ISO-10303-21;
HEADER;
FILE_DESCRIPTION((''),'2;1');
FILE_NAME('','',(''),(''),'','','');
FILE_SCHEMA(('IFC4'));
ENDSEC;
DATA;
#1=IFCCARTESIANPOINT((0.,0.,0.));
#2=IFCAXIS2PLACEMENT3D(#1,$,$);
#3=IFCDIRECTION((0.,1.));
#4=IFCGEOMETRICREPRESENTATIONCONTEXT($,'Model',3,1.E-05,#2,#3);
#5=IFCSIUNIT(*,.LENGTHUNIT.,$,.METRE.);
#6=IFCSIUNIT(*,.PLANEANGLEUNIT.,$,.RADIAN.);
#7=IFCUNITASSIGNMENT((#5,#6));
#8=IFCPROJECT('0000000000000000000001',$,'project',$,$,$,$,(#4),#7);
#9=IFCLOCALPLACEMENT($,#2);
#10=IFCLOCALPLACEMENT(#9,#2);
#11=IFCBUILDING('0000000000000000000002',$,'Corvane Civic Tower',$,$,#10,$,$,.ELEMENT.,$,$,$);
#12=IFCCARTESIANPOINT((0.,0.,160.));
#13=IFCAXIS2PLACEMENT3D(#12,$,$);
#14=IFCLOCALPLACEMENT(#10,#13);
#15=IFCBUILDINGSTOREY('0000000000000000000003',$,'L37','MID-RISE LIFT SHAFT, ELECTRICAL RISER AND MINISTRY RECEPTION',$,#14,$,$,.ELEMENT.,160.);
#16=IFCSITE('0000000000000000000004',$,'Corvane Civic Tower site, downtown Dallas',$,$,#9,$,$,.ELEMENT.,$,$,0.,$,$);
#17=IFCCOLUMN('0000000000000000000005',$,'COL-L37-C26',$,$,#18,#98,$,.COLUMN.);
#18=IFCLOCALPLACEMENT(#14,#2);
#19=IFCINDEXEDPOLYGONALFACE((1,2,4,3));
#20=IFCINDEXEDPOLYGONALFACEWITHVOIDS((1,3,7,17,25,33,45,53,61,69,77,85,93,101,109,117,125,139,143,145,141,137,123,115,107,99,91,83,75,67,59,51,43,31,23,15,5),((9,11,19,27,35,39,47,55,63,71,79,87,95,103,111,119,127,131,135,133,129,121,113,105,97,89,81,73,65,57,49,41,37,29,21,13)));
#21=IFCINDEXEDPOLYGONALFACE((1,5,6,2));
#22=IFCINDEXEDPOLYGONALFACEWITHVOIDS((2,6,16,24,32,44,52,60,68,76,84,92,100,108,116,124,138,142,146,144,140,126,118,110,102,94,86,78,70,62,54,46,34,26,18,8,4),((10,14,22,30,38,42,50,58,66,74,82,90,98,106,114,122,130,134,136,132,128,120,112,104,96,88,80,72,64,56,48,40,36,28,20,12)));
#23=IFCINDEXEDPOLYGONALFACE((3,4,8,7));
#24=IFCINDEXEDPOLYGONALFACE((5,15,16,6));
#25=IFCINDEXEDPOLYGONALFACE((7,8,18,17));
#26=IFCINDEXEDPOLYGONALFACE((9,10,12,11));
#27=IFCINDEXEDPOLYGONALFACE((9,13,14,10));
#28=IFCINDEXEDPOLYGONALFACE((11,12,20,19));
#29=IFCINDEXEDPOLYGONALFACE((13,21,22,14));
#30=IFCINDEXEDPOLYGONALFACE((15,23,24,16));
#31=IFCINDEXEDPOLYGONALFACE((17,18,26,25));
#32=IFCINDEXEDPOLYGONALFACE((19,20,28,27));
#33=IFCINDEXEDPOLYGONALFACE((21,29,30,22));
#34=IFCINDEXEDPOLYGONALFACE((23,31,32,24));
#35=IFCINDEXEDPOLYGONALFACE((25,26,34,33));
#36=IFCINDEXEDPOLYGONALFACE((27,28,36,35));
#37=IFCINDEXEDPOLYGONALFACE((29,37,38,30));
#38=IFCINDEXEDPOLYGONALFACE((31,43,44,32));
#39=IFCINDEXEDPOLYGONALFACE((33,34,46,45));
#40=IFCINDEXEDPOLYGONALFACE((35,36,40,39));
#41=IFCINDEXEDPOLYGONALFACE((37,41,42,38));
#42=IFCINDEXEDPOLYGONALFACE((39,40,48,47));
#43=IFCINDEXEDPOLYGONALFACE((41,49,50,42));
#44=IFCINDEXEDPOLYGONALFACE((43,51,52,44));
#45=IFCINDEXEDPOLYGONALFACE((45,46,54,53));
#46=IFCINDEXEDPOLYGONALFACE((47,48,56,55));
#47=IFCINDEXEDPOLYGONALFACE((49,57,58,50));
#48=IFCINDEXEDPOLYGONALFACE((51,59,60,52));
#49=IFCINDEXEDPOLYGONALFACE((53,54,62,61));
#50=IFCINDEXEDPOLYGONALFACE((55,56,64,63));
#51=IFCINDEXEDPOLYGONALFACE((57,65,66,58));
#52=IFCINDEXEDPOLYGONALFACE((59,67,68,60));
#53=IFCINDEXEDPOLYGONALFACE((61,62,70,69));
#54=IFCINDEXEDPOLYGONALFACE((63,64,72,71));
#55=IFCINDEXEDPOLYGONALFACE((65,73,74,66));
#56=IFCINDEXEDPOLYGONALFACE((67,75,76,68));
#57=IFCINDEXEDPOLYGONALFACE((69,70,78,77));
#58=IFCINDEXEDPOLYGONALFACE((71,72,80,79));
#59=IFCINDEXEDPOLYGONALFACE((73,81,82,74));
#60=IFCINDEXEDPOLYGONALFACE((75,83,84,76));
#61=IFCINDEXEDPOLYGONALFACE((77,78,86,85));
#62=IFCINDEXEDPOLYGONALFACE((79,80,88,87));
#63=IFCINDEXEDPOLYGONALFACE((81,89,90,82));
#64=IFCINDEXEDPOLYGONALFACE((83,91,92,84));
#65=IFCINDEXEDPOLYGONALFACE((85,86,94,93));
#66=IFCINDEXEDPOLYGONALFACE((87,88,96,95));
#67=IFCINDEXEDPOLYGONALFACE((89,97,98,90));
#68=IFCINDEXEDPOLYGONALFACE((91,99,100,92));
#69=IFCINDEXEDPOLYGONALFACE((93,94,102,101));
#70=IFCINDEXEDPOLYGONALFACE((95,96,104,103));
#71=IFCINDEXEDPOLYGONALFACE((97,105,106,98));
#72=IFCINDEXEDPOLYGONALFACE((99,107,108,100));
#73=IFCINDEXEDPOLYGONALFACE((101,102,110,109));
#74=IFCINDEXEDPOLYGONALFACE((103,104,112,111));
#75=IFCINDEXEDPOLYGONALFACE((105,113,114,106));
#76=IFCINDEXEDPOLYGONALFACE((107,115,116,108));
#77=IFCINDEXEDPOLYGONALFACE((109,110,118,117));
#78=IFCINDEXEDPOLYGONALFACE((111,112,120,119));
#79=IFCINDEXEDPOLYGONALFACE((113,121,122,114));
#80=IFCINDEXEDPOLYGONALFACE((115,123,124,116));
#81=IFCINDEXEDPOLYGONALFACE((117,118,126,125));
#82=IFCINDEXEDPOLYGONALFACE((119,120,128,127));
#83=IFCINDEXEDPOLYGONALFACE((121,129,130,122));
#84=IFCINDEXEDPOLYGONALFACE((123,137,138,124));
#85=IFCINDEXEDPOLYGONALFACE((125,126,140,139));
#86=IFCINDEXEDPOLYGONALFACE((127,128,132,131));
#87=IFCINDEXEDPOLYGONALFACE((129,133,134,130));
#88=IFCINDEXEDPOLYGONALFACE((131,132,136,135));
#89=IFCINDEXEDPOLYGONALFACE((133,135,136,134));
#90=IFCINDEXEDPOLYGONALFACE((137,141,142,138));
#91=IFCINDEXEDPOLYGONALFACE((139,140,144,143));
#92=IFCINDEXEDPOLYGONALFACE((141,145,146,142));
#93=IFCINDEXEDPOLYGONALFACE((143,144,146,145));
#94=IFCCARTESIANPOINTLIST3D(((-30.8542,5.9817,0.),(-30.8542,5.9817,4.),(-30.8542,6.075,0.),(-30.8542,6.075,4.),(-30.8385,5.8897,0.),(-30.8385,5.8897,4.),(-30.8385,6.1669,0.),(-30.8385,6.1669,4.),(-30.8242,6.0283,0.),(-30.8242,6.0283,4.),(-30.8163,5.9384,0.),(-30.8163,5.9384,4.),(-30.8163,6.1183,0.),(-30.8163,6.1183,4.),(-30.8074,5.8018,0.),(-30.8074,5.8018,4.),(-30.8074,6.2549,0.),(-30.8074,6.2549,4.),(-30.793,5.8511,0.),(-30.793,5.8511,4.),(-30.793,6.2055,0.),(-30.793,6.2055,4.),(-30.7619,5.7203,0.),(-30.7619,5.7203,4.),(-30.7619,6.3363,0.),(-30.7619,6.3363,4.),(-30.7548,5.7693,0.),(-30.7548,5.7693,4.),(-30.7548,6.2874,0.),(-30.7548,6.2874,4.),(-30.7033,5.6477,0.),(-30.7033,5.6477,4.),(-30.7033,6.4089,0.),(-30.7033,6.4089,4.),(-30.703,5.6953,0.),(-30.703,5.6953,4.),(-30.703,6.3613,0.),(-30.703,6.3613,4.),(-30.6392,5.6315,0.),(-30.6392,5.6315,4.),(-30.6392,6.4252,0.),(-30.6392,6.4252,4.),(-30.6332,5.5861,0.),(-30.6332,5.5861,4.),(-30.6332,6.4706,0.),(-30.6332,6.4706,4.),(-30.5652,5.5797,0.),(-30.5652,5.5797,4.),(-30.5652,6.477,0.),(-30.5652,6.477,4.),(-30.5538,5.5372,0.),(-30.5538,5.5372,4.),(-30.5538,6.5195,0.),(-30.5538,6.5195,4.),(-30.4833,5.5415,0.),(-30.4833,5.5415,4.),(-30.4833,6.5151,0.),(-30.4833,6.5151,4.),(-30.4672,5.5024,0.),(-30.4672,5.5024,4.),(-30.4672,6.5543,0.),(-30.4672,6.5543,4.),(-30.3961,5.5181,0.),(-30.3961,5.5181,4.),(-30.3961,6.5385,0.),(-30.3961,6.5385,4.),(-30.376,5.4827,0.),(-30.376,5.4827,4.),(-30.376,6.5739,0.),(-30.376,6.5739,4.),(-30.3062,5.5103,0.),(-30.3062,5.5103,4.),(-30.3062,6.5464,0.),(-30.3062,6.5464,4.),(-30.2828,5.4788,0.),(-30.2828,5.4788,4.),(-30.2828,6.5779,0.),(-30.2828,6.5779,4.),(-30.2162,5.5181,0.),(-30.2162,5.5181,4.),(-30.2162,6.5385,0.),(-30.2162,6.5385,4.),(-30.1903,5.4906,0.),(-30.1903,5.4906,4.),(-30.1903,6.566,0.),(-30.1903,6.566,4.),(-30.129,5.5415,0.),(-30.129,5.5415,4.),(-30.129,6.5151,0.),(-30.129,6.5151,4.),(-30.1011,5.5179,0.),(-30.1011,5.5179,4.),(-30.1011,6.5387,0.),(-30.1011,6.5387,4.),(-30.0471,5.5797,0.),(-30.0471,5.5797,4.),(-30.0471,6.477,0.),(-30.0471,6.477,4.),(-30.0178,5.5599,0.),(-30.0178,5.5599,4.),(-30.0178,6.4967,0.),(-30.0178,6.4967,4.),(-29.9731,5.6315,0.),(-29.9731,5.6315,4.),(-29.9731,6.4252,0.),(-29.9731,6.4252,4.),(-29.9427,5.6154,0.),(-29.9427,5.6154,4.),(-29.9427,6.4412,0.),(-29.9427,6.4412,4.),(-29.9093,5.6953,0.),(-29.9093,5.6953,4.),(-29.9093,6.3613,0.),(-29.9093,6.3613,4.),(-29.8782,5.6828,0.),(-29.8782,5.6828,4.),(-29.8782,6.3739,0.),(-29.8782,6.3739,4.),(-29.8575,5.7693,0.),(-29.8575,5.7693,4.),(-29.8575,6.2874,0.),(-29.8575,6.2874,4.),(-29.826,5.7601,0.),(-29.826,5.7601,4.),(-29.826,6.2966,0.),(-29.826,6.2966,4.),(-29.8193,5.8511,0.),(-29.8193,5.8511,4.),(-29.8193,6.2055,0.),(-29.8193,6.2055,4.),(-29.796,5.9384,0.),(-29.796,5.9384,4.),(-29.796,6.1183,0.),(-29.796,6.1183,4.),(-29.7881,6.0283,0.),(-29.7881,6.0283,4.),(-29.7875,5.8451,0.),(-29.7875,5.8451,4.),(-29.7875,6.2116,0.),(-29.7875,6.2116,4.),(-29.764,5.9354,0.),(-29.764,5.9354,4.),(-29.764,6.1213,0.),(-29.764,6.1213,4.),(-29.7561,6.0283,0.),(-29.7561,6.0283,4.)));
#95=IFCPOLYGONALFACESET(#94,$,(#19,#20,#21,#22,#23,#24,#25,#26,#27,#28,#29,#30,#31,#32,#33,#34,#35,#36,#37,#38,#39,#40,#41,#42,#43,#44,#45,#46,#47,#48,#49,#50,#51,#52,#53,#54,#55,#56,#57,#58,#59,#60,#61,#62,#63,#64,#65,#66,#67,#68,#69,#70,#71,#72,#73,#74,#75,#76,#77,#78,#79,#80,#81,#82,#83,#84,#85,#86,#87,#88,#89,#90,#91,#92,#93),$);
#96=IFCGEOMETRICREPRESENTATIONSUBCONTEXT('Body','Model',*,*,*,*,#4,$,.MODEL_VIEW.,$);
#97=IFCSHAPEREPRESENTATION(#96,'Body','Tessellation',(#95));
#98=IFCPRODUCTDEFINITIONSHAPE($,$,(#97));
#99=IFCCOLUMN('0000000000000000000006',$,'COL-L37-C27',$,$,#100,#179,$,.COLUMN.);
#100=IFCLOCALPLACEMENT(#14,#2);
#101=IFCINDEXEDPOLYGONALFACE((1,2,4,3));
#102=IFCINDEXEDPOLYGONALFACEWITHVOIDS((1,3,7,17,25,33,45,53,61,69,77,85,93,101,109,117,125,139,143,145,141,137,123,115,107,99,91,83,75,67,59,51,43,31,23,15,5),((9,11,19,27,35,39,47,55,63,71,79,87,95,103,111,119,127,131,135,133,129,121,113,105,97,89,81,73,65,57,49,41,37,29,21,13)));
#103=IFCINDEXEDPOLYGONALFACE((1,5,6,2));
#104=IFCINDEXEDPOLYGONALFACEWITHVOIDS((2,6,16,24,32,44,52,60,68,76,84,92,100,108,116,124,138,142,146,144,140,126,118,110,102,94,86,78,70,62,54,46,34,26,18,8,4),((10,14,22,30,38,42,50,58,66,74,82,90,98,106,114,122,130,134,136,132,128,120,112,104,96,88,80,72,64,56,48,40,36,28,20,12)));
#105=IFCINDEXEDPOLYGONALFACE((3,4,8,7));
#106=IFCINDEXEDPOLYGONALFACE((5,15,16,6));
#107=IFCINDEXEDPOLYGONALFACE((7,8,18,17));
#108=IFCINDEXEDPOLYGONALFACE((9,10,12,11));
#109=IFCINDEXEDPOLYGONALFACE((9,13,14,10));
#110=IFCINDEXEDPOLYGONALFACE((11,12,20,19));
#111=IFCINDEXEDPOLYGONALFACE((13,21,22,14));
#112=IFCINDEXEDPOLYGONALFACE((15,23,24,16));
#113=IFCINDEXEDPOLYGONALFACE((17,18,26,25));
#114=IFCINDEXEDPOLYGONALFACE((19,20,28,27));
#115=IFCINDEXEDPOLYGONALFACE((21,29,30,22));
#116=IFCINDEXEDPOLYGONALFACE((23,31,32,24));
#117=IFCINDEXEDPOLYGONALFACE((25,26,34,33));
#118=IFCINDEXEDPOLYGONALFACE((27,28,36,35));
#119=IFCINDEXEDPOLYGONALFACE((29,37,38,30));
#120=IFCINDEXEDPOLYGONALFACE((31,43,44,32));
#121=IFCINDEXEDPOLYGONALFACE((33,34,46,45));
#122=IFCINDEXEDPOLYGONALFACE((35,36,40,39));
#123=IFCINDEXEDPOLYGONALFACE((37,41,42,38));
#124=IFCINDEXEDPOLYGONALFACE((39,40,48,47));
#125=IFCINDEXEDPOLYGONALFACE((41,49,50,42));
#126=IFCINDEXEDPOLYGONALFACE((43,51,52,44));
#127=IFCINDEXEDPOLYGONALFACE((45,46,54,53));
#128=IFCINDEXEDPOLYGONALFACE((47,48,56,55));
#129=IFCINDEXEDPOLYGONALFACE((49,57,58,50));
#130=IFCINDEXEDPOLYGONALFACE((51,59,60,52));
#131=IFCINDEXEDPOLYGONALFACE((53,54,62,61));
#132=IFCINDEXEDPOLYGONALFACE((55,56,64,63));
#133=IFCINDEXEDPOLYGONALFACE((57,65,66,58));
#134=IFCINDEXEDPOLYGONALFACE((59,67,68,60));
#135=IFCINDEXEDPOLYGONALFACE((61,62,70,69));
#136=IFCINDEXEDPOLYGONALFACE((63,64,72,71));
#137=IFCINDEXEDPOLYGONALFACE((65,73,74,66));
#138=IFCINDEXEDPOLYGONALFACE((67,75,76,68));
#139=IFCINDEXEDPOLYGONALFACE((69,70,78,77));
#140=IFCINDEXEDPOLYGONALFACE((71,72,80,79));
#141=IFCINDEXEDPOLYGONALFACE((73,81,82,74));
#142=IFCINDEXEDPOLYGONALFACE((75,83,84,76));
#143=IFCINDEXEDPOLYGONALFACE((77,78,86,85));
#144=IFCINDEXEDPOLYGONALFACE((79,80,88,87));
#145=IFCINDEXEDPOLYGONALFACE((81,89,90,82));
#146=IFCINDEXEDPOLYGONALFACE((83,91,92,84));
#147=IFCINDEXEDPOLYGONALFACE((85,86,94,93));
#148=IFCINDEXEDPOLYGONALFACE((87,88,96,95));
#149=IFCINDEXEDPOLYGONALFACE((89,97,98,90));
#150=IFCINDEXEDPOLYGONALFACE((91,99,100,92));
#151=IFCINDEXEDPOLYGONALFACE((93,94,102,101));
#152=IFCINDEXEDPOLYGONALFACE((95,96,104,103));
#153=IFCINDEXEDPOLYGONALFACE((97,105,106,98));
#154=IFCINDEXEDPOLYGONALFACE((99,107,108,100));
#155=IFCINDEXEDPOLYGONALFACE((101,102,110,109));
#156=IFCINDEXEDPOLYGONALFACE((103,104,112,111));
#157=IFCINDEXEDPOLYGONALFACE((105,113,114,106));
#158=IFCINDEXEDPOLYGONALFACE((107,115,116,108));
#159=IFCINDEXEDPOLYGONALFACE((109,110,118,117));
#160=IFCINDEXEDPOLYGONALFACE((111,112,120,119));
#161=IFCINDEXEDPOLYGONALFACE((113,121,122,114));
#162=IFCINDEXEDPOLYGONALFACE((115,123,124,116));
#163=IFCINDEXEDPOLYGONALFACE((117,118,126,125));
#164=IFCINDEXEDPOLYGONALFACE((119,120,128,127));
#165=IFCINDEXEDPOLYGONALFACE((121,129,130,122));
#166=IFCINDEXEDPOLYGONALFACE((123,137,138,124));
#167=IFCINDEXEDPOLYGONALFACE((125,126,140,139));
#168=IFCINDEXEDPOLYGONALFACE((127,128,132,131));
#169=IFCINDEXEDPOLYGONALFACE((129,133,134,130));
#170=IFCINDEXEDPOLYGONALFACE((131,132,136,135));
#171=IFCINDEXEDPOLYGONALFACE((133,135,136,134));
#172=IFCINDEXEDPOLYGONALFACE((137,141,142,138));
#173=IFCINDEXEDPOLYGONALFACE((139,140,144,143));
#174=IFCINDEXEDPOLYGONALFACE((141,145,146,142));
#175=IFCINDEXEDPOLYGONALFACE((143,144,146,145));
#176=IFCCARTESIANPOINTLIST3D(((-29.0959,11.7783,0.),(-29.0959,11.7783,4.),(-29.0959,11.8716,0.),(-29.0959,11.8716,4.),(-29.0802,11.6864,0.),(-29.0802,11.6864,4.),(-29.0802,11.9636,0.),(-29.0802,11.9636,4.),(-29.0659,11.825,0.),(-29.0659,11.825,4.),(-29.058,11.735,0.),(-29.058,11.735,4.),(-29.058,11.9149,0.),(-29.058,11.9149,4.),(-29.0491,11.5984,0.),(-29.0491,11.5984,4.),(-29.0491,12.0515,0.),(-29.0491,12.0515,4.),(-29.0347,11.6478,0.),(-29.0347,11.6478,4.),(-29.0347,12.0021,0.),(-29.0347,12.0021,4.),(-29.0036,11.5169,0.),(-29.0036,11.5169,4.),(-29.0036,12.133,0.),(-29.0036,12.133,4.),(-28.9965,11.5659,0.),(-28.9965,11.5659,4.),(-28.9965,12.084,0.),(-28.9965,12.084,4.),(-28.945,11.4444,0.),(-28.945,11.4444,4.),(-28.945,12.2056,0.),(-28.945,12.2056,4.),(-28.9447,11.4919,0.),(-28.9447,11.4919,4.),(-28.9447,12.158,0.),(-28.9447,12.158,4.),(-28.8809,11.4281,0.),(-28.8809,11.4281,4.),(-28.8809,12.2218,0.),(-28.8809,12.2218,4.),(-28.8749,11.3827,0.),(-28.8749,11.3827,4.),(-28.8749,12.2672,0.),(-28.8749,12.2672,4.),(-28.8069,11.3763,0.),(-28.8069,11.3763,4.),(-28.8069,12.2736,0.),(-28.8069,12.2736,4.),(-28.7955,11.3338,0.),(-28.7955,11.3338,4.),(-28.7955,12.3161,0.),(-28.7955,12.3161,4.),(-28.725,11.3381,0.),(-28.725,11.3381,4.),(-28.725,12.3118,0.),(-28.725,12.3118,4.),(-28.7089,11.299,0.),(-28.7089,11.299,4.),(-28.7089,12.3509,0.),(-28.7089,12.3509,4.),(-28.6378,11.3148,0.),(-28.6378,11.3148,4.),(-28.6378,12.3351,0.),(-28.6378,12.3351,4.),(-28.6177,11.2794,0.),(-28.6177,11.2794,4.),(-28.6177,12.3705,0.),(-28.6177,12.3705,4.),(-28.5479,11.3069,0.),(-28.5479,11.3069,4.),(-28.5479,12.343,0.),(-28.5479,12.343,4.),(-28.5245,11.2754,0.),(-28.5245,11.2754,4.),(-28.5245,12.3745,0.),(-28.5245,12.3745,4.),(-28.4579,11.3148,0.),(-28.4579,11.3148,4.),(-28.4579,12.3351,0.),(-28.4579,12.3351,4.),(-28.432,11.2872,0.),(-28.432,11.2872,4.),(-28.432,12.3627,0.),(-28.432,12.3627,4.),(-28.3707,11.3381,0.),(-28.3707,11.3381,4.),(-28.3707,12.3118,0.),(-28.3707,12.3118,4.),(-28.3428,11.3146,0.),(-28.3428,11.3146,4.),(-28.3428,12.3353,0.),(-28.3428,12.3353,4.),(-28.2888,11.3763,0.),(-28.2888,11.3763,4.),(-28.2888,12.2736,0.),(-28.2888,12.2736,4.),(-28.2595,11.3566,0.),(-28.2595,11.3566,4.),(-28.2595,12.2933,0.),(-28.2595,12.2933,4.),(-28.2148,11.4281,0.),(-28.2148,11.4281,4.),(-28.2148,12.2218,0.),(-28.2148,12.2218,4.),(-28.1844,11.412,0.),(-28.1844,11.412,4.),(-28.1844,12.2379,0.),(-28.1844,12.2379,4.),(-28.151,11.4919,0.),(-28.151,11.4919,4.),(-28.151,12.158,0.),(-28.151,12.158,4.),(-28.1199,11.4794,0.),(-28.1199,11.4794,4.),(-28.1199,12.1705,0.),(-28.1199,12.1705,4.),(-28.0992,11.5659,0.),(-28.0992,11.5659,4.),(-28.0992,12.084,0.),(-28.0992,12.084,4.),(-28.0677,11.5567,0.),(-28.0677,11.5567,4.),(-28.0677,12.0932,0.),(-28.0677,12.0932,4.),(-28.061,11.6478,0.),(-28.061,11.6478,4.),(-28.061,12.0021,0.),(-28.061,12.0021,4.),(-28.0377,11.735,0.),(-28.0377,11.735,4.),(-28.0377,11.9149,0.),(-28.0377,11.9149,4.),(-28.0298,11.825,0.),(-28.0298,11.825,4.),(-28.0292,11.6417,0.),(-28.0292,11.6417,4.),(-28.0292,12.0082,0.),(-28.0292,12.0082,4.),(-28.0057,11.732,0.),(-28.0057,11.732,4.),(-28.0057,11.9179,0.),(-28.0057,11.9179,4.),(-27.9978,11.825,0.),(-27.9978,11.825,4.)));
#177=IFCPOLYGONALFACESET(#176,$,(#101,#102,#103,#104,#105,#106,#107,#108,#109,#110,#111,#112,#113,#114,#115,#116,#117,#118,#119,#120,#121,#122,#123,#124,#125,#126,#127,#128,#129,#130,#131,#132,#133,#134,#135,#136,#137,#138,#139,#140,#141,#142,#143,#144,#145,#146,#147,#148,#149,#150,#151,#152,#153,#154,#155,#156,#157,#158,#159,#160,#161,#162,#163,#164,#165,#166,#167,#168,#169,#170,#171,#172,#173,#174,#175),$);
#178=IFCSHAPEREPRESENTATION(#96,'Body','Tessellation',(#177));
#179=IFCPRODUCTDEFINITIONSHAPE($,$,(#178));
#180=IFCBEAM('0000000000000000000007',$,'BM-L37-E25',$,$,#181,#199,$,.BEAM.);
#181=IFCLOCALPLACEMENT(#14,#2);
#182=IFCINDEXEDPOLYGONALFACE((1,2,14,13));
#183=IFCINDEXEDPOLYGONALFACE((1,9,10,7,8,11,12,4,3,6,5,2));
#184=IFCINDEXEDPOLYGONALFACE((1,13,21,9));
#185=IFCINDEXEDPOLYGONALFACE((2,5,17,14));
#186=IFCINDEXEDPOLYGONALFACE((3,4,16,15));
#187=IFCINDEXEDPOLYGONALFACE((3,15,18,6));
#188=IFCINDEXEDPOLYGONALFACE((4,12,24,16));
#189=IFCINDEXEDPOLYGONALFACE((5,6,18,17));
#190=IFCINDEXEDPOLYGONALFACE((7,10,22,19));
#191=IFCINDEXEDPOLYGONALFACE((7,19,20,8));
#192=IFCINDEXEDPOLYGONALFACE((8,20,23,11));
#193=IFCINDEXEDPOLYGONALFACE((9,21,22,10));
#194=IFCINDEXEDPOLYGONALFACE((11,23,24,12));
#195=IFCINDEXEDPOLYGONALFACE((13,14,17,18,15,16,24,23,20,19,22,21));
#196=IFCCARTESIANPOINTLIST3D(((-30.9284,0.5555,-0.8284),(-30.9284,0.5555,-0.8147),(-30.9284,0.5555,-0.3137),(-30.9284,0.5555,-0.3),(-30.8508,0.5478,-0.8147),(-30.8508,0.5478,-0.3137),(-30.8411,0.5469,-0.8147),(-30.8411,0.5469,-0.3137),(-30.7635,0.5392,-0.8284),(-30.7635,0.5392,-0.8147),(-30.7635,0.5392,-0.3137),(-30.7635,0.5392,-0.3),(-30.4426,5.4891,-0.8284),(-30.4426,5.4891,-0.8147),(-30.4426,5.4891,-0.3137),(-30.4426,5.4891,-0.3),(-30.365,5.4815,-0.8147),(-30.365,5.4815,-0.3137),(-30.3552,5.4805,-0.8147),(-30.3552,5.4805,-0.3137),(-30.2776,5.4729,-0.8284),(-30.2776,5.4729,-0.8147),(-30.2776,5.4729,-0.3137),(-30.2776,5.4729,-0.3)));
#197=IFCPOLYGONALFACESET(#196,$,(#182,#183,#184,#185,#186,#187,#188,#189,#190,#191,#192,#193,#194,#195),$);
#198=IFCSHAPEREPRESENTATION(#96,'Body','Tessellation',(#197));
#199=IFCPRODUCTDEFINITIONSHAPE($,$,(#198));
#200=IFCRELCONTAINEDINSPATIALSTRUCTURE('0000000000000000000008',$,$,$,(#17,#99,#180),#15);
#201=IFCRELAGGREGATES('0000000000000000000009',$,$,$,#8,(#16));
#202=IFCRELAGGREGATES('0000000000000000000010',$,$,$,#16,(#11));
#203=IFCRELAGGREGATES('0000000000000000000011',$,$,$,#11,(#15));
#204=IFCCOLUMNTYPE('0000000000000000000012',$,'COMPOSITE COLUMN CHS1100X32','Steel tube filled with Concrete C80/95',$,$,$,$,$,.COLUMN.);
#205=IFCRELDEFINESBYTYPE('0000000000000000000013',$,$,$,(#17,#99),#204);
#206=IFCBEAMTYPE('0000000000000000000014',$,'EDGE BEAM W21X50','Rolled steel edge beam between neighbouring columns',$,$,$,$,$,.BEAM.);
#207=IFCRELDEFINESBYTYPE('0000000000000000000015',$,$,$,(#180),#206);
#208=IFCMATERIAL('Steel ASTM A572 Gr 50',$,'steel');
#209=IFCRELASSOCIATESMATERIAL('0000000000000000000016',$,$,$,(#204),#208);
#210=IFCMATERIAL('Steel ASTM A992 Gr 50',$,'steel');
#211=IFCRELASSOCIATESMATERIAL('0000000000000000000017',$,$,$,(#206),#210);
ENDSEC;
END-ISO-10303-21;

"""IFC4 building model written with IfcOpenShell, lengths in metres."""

from ifc_helpers import new_model, si_unit, direction, frame, origin, origin_2d, place, context, subcontext, project, spatial, hollow_circle, i_section, extrude, material, material_profile, profile_set, type_object, element, save


model = new_model("IFC4")

# Units and contexts
model_context = context("Model", 3, precision=1e-05, world=origin(), true_north=direction((0.0, 1.0)))
body_context = subcontext(model_context, "Body", "Model", "MODEL_VIEW")
ifc_project = project(units=[si_unit("LENGTHUNIT", "METRE"), si_unit("PLANEANGLEUNIT", "RADIAN")], contexts=[model_context])

# Site, building, storey
site_placement = place(None, origin())
site = spatial("IfcSite", under=ifc_project, at=site_placement, Name="Corvane Civic Tower site, downtown Dallas", CompositionType="ELEMENT", RefElevation=0.0)
building_placement = place(site_placement, origin())
building = spatial("IfcBuilding", under=site, at=building_placement, Name="Corvane Civic Tower", CompositionType="ELEMENT")
storey_placement = place(building_placement, frame((0.0, 0.0, 160.0)))
storey = spatial("IfcBuildingStorey", under=building, at=storey_placement, Name="L37", Description="MID-RISE LIFT SHAFT, ELECTRICAL RISER AND MINISTRY RECEPTION", CompositionType="ELEMENT", Elevation=160.0)

# Columns
ifc_material_1 = material(Name="Steel ASTM A572 Gr 50", Category="steel")
ifc_material_profile_1 = material_profile(ifc_material_1, hollow_circle(Radius=0.55, WallThickness=0.032, at=origin_2d()), Name="CHS1100X32")
ifc_profile_set_1 = profile_set([ifc_material_profile_1], Name="Steel ASTM A572 Gr 50")
column_type = type_object("IfcColumnType", Name="COMPOSITE COLUMN CHS1100X32", Description="Steel tube filled with Concrete C80/95", PredefinedType="COLUMN", material=ifc_profile_set_1)
for number, where, z_axis, x_axis, name in (
    (1, (-30.3062, 6.0283, 0.0), (0.0, 0.0, 1.0), (1.0, 0.0, 0.0), "COL-L37-C26"),
    (2, (-28.5479, 11.825, 0.0), (0.0, 0.0, 1.0), (1.0, 0.0, 0.0), "COL-L37-C27"),
):
    element("IfcColumn", number, at=place(storey_placement, frame(where, z_axis=z_axis, x_axis=x_axis)), inside=storey, type_object=column_type, Name=name, PredefinedType="COLUMN", context=body_context, shape_type="SweptSolid", body=[
        extrude(hollow_circle(Radius=0.55, WallThickness=0.032, at=origin_2d()), origin(), (0.0, 0.0, 1.0), 4.0),
    ])

# Beam
ifc_material_2 = material(Name="Steel ASTM A992 Gr 50", Category="steel")
ifc_material_profile_2 = material_profile(ifc_material_2, i_section(OverallWidth=0.1658, OverallDepth=0.5283, WebThickness=0.0098, FlangeThickness=0.0137, at=origin_2d()), Name="W21X50")
ifc_profile_set_2 = profile_set([ifc_material_profile_2], Name="Steel ASTM A992 Gr 50")
beam_type = type_object("IfcBeamType", Name="EDGE BEAM W21X50", Description="Rolled steel edge beam between neighbouring columns", PredefinedType="BEAM", material=ifc_profile_set_2)
beam_1_placement = place(storey_placement, frame((-30.8459, 0.5474, -0.5642), z_axis=(0.098002, 0.995186, 0.0), x_axis=(-0.995186, 0.098002, 0.0)))
element("IfcBeam", 3, at=beam_1_placement, inside=storey, type_object=beam_type, Name="BM-L37-E25", PredefinedType="BEAM", context=body_context, shape_type="SweptSolid", body=[
    extrude(i_section(OverallWidth=0.1658, OverallDepth=0.5283, WebThickness=0.0098, FlangeThickness=0.0137, at=origin_2d()), origin(), (0.0, 0.0, 1.0), 4.9575),
])

save(model, "model.ifc")
